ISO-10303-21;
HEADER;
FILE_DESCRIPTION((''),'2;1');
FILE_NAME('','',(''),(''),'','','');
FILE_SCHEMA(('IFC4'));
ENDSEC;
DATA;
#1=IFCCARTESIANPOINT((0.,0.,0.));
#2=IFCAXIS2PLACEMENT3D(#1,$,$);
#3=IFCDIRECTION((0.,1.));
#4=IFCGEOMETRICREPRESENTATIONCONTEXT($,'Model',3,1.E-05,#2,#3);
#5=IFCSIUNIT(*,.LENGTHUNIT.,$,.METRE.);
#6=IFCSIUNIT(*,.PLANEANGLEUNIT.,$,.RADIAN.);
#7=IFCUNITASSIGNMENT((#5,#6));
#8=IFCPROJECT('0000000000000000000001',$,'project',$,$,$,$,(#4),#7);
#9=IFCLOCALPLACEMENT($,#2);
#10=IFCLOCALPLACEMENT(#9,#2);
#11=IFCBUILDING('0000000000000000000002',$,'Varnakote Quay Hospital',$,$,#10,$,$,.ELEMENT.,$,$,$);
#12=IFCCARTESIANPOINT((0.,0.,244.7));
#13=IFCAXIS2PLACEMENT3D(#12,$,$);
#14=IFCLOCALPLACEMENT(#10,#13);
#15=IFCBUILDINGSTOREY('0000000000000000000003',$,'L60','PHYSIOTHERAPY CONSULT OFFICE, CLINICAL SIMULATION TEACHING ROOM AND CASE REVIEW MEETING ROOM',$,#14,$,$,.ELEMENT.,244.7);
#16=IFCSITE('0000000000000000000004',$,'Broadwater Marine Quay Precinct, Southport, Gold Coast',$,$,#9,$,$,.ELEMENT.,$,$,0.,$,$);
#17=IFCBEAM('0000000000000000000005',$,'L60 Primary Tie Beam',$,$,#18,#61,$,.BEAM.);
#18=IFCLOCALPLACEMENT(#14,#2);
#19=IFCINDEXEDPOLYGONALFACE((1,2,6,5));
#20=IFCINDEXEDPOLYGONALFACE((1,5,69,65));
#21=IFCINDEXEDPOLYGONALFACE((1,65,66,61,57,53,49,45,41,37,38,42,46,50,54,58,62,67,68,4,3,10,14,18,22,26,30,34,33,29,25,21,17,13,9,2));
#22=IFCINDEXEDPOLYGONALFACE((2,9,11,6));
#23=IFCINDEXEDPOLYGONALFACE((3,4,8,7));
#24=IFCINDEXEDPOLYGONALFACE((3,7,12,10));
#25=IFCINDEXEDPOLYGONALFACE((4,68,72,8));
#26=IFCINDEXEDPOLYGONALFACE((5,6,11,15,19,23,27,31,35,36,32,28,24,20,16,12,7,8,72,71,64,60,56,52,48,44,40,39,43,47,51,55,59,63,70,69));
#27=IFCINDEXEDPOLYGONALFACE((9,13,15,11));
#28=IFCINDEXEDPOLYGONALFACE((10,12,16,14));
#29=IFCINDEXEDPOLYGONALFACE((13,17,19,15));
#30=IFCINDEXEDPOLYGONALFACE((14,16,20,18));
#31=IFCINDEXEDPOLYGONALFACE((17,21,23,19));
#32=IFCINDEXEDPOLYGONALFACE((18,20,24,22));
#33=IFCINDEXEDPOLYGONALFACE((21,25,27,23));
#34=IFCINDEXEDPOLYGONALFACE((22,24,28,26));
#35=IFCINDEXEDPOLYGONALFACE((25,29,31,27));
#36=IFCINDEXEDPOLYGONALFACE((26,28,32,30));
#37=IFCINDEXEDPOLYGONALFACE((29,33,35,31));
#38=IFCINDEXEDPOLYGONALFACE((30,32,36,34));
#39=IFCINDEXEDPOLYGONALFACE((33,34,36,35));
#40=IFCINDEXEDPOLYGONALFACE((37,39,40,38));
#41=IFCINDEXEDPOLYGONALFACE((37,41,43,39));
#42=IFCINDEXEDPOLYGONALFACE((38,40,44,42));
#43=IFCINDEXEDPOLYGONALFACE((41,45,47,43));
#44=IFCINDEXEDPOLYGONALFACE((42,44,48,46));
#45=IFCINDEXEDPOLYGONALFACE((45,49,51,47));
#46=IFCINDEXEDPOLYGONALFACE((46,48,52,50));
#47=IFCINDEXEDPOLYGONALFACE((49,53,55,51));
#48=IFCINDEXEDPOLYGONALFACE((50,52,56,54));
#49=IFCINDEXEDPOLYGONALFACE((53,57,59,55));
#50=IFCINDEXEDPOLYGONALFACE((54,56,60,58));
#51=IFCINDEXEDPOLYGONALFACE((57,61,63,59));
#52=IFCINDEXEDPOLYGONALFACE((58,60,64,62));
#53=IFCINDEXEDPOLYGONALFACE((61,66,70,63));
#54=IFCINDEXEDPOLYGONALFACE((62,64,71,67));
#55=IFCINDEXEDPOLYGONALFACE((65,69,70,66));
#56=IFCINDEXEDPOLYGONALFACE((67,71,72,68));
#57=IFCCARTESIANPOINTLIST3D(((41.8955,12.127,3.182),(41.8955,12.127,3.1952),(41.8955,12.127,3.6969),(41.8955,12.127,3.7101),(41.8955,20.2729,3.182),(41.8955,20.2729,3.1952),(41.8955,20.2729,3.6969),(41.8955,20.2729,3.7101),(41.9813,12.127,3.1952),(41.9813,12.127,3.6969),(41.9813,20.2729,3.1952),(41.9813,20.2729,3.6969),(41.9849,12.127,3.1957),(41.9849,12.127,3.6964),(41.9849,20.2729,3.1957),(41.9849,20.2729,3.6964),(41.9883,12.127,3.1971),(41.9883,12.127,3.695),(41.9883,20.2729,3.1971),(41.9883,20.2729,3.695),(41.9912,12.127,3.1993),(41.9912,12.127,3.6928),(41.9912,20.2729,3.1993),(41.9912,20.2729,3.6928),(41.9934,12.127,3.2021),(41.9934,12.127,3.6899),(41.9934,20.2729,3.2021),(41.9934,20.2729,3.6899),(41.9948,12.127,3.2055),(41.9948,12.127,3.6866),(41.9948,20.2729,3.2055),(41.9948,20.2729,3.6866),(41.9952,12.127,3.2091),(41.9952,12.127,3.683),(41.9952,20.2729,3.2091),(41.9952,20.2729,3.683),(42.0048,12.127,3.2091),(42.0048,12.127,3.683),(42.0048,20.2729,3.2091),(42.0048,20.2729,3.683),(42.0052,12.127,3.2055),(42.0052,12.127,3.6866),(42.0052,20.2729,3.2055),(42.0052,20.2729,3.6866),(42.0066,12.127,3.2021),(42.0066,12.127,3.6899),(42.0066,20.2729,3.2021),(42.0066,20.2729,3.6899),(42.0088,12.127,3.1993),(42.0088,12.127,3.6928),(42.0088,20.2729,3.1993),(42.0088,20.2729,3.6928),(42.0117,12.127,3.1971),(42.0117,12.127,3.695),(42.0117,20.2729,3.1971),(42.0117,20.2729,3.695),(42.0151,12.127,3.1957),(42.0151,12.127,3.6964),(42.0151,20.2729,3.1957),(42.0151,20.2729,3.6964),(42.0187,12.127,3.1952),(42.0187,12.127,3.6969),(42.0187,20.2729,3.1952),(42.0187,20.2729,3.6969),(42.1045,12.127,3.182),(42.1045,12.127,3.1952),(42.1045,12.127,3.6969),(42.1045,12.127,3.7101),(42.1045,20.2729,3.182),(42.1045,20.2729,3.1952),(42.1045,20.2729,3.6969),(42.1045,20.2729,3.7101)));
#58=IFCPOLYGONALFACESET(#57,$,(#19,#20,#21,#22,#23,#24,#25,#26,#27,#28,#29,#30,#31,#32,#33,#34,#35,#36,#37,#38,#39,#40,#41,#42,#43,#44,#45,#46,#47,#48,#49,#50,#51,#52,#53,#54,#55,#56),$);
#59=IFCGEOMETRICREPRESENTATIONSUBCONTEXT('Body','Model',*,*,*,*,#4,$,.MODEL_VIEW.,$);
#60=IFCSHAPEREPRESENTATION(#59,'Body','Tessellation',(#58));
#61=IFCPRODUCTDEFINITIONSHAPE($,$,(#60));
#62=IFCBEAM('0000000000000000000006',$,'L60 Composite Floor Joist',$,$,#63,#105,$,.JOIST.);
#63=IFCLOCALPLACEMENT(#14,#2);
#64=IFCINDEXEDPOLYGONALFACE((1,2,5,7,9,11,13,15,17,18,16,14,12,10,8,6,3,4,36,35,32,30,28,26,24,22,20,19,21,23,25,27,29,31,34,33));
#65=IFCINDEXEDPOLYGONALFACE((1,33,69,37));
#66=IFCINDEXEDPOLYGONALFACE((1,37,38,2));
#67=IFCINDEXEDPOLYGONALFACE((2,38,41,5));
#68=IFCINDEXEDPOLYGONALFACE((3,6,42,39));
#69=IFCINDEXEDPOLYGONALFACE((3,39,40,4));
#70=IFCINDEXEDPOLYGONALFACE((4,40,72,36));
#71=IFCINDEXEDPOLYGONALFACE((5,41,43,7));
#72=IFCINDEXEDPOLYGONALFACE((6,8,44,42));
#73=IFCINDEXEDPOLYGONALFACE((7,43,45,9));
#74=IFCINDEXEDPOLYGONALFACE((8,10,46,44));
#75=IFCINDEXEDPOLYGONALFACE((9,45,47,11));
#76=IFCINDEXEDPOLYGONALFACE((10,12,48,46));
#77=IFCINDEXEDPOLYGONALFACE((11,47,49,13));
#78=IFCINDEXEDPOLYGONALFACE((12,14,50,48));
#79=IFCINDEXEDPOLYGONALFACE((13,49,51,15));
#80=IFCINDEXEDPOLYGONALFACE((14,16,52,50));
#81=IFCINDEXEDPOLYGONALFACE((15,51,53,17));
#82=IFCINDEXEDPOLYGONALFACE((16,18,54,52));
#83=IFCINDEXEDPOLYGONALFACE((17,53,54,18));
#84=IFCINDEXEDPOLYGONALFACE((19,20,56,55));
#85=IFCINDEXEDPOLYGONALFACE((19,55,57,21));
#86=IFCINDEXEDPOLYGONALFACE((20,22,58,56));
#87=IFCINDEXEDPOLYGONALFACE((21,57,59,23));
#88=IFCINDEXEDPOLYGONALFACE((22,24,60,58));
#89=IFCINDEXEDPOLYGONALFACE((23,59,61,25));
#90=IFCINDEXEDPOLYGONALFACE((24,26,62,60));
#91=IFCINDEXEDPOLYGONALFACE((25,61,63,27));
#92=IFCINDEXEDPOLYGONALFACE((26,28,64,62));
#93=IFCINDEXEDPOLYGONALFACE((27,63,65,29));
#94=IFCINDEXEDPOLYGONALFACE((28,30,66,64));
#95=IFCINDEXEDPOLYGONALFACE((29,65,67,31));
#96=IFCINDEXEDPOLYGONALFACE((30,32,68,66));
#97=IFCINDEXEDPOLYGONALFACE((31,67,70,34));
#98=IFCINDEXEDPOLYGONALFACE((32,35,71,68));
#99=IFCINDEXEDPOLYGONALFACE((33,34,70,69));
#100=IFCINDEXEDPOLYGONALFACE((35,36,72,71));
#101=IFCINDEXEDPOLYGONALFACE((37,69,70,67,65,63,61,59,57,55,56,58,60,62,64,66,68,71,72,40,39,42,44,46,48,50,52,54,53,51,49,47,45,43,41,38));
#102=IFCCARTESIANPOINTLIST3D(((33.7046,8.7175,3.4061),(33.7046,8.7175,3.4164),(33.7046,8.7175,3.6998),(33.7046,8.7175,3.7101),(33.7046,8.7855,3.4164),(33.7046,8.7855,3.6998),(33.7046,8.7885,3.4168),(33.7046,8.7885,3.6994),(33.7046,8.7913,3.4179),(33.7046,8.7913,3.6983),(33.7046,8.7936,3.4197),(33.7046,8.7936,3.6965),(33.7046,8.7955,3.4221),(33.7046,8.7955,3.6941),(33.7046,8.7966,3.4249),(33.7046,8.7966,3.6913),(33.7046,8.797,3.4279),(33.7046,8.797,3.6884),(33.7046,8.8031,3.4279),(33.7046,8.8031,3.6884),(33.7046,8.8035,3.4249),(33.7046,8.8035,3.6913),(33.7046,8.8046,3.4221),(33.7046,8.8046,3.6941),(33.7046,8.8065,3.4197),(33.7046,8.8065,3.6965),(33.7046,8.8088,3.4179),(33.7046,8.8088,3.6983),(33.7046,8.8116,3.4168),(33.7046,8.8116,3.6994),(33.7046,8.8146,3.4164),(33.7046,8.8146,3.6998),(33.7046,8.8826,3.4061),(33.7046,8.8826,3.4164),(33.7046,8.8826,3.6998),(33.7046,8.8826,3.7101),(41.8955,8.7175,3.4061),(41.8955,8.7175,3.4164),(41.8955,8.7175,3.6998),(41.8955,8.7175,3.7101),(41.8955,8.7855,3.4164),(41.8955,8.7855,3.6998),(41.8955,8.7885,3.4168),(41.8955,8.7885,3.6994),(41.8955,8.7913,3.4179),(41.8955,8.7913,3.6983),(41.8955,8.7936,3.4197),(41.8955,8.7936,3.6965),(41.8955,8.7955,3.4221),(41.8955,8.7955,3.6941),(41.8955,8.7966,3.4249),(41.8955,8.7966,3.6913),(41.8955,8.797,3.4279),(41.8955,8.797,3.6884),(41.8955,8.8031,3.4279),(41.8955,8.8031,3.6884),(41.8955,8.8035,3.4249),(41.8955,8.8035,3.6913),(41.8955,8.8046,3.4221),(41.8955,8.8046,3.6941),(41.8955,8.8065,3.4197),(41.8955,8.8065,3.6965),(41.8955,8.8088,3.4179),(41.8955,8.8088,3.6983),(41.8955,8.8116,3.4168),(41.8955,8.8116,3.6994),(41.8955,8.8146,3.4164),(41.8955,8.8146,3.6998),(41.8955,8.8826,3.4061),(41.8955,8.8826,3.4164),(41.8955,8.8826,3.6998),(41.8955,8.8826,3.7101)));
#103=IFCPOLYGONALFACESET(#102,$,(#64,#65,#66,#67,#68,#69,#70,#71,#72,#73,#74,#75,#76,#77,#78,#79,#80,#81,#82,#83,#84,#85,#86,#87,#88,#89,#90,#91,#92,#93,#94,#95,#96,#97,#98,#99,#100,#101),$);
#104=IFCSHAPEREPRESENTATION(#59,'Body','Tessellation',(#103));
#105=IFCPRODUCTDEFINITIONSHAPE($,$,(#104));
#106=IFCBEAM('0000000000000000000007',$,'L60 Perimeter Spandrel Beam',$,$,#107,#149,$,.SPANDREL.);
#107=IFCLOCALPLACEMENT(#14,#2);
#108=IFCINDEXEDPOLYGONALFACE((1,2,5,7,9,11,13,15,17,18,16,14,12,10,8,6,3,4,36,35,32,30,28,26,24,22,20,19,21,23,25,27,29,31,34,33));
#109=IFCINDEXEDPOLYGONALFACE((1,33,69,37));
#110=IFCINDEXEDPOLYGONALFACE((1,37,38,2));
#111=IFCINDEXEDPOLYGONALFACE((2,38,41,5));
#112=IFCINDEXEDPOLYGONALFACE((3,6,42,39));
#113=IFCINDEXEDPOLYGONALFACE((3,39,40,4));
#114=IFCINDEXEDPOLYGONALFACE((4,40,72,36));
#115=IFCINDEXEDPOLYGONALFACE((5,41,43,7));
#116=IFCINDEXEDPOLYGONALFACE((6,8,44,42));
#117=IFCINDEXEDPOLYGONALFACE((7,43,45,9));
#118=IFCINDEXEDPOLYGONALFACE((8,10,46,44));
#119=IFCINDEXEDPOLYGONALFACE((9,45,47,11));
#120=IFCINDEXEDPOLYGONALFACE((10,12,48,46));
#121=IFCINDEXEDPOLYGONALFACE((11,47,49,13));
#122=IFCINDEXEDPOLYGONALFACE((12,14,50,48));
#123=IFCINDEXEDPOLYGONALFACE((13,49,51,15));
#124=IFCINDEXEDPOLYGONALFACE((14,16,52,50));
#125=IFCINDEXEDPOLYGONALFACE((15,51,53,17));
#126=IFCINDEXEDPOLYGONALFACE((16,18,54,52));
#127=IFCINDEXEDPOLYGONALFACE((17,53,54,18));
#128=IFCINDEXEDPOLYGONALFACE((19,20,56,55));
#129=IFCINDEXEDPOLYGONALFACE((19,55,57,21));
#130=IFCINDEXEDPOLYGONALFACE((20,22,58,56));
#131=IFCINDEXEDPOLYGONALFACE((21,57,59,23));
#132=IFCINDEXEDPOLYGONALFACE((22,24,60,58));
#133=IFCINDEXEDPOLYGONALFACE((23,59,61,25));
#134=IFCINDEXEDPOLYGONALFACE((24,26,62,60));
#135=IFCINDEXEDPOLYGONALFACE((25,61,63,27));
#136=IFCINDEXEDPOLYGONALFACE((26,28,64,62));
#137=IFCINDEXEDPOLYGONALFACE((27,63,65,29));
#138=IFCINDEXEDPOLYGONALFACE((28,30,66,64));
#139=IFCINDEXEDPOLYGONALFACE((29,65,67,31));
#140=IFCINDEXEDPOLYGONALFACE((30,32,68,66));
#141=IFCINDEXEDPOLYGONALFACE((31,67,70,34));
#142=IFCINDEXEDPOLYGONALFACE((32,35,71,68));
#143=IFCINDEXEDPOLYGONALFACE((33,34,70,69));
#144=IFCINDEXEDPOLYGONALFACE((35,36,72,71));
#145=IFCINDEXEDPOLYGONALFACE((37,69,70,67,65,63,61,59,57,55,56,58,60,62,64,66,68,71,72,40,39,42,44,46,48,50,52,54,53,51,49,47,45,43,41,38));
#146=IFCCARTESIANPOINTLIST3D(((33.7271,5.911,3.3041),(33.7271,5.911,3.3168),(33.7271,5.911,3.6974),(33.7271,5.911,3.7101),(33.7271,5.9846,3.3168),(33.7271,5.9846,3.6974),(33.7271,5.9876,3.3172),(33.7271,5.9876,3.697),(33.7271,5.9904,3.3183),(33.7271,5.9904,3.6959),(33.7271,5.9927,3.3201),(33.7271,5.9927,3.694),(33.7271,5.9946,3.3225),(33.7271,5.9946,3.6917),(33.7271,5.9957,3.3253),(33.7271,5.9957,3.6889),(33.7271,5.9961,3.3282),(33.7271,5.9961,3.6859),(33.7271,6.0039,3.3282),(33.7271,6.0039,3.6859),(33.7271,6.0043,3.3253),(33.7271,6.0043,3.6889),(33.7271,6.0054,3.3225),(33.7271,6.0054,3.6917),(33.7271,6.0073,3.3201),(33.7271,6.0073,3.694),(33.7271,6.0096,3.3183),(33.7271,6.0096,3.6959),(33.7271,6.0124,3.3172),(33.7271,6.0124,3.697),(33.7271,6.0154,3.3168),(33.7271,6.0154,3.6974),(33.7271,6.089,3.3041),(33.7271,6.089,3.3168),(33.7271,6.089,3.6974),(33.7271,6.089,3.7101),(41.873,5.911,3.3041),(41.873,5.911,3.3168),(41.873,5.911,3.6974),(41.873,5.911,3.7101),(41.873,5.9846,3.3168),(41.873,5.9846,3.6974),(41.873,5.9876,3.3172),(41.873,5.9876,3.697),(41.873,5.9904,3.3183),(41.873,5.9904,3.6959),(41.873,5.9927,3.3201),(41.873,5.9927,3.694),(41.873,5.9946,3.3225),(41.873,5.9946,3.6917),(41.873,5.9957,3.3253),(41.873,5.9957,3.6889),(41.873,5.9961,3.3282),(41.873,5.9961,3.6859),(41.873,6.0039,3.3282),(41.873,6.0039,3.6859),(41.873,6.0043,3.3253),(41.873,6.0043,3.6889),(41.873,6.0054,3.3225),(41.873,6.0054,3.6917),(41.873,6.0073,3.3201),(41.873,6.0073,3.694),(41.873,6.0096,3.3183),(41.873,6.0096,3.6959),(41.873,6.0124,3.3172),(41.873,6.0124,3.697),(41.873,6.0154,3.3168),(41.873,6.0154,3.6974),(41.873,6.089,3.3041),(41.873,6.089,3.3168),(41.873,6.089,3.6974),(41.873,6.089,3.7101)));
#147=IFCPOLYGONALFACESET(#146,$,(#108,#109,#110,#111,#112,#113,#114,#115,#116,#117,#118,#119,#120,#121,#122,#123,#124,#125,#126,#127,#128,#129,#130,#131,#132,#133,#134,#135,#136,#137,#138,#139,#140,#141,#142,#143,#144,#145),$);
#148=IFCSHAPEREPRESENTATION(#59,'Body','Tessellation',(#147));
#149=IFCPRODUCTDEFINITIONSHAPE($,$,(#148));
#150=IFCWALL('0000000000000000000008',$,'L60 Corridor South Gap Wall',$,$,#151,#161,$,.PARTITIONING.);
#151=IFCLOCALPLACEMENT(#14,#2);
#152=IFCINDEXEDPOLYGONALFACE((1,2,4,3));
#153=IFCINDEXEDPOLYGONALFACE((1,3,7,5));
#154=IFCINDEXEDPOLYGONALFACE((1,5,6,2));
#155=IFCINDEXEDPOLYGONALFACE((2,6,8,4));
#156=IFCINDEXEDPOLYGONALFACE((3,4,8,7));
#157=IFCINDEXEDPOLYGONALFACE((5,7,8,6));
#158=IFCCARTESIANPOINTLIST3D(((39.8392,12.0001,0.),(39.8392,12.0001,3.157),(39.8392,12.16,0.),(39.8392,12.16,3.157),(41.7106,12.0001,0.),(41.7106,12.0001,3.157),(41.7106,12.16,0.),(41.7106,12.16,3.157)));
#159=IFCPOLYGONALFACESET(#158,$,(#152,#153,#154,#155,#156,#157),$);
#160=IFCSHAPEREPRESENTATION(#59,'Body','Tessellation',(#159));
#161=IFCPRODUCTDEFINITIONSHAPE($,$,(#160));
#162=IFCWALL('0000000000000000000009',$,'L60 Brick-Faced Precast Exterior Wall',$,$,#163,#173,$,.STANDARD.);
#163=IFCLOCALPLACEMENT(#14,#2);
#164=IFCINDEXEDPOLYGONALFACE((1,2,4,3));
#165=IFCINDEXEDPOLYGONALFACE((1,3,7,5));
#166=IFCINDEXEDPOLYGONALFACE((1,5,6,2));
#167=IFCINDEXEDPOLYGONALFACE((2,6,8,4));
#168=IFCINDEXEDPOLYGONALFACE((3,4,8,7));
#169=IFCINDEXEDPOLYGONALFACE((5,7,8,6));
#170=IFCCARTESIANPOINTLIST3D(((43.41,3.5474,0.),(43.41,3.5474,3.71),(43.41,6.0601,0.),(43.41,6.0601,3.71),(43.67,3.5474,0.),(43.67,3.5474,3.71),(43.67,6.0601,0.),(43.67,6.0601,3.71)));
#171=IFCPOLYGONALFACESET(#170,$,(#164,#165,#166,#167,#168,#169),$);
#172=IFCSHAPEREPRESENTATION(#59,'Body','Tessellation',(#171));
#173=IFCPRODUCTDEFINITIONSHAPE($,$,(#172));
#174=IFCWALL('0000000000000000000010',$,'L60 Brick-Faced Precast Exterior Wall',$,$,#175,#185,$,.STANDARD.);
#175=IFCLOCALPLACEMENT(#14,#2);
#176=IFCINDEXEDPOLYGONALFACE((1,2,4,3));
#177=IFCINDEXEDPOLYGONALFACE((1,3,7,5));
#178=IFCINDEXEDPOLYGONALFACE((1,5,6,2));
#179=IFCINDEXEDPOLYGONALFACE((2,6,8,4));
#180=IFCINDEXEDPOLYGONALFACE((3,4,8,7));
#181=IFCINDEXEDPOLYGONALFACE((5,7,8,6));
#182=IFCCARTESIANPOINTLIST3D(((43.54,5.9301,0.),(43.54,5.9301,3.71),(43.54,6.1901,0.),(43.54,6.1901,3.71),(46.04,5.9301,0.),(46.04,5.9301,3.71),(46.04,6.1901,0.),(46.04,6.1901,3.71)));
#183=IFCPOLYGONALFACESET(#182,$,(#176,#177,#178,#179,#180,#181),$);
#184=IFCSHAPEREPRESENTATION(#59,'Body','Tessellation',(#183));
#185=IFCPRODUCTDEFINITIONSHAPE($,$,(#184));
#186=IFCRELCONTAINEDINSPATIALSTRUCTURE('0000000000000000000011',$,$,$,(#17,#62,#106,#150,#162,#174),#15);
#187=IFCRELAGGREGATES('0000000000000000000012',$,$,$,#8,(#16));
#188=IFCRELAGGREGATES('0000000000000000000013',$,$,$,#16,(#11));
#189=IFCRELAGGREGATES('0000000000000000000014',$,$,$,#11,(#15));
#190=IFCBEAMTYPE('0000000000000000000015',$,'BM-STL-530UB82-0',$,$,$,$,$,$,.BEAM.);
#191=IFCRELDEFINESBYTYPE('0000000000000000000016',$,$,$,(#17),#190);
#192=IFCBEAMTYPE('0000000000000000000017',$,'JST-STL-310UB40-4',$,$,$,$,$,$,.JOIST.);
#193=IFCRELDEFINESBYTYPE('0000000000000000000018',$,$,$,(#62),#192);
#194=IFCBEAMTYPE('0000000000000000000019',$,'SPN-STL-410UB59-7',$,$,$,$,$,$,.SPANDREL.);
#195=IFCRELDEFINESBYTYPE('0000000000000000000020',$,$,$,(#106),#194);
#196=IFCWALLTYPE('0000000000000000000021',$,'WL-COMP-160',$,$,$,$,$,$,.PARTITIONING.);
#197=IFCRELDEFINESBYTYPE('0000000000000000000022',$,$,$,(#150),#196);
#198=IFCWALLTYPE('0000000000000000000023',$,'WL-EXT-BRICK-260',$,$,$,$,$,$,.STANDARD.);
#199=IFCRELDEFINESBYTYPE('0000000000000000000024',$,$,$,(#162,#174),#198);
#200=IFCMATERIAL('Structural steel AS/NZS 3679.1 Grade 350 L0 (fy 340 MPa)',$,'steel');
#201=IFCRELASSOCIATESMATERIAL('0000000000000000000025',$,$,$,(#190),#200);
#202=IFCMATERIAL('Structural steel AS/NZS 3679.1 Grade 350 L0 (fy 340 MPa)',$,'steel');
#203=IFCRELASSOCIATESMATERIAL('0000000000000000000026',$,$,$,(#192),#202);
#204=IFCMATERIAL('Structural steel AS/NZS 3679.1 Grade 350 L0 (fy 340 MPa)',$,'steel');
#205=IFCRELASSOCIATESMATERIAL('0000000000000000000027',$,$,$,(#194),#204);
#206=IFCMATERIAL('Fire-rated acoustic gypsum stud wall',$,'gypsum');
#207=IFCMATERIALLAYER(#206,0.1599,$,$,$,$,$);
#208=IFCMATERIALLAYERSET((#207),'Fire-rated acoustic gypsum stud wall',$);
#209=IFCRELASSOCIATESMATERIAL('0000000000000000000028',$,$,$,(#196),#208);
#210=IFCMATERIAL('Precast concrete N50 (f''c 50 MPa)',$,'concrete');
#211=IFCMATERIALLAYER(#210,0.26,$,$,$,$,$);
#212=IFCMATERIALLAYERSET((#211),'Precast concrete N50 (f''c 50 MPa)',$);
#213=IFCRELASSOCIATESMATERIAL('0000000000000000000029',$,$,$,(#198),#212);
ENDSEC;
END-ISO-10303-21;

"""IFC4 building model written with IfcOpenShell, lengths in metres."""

from ifc_helpers import new_model, si_unit, direction, frame, frame_2d, origin, origin_2d, place, context, subcontext, project, spatial, rectangle, i_section, extrude, material, layer, layer_set, material_profile, profile_set, type_object, element, save


model = new_model("IFC4")

# Units and contexts
model_context = context("Model", 3, precision=1e-05, world=origin(), true_north=direction((0.0, 1.0)))
body_context = subcontext(model_context, "Body", "Model", "MODEL_VIEW")
ifc_project = project(units=[si_unit("LENGTHUNIT", "METRE"), si_unit("PLANEANGLEUNIT", "RADIAN")], contexts=[model_context])

# Site, building, storey
site_placement = place(None, origin())
site = spatial("IfcSite", under=ifc_project, at=site_placement, Name="Broadwater Marine Quay Precinct, Southport, Gold Coast", CompositionType="ELEMENT", RefElevation=0.0)
building_placement = place(site_placement, origin())
building = spatial("IfcBuilding", under=site, at=building_placement, Name="Varnakote Quay Hospital", CompositionType="ELEMENT")
storey_placement = place(building_placement, frame((0.0, 0.0, 244.7)))
storey = spatial("IfcBuildingStorey", under=building, at=storey_placement, Name="L60", Description="PHYSIOTHERAPY CONSULT OFFICE, CLINICAL SIMULATION TEACHING ROOM AND CASE REVIEW MEETING ROOM", CompositionType="ELEMENT", Elevation=244.7)

# Beams
ifc_material_1 = material(Name="Structural steel AS/NZS 3679.1 Grade 350 L0 (fy 340 MPa)", Category="steel")
ifc_material_profile_1 = material_profile(ifc_material_1, i_section(OverallWidth=0.209, OverallDepth=0.5281, WebThickness=0.0095, FlangeThickness=0.0132, FilletRadius=0.0139, at=origin_2d()), Name="530UB82.0")
ifc_profile_set_1 = profile_set([ifc_material_profile_1], Name="Structural steel AS/NZS 3679.1 Grade 350 L0 (fy 340 MPa)")
beam_type_1 = type_object("IfcBeamType", Name="BM-STL-530UB82-0", PredefinedType="BEAM", material=ifc_profile_set_1)
beam_1_placement = place(storey_placement, frame((42.0, 12.127, 3.446), z_axis=(0.0, 1.0, 0.0), x_axis=(-1.0, 0.0, 0.0)))
element("IfcBeam", 1, at=beam_1_placement, inside=storey, type_object=beam_type_1, Name="L60 Primary Tie Beam", PredefinedType="BEAM", context=body_context, shape_type="SweptSolid", body=[
    extrude(i_section(OverallWidth=0.209, OverallDepth=0.5281, WebThickness=0.0095, FlangeThickness=0.0132, FilletRadius=0.0139, at=origin_2d()), origin(), (0.0, 0.0, 1.0), 8.146),
])
ifc_material_2 = material(Name="Structural steel AS/NZS 3679.1 Grade 350 L0 (fy 340 MPa)", Category="steel")
ifc_material_profile_2 = material_profile(ifc_material_2, i_section(OverallWidth=0.165, OverallDepth=0.304, WebThickness=0.0061, FlangeThickness=0.0103, FilletRadius=0.0115, at=origin_2d()), Name="310UB40.4")
ifc_profile_set_2 = profile_set([ifc_material_profile_2], Name="Structural steel AS/NZS 3679.1 Grade 350 L0 (fy 340 MPa)")
beam_type_2 = type_object("IfcBeamType", Name="JST-STL-310UB40-4", PredefinedType="JOIST", material=ifc_profile_set_2)
beam_2_placement = place(storey_placement, frame((33.7046, 8.8, 3.5581), z_axis=(1.0, 0.0, 0.0), x_axis=(0.0, 1.0, 0.0)))
element("IfcBeam", 2, at=beam_2_placement, inside=storey, type_object=beam_type_2, Name="L60 Composite Floor Joist", PredefinedType="JOIST", context=body_context, shape_type="SweptSolid", body=[
    extrude(i_section(OverallWidth=0.165, OverallDepth=0.304, WebThickness=0.0061, FlangeThickness=0.0103, FilletRadius=0.0115, at=origin_2d()), origin(), (0.0, 0.0, 1.0), 8.1909),
])
ifc_material_3 = material(Name="Structural steel AS/NZS 3679.1 Grade 350 L0 (fy 340 MPa)", Category="steel")
ifc_material_profile_3 = material_profile(ifc_material_3, i_section(OverallWidth=0.178, OverallDepth=0.406, WebThickness=0.0078, FlangeThickness=0.0127, FilletRadius=0.0115, at=origin_2d()), Name="410UB59.7")
ifc_profile_set_3 = profile_set([ifc_material_profile_3], Name="Structural steel AS/NZS 3679.1 Grade 350 L0 (fy 340 MPa)")
beam_type_3 = type_object("IfcBeamType", Name="SPN-STL-410UB59-7", PredefinedType="SPANDREL", material=ifc_profile_set_3)
beam_3_placement = place(storey_placement, frame((33.7271, 6.0, 3.5071), z_axis=(1.0, 0.0, 0.0), x_axis=(0.0, 1.0, 0.0)))
element("IfcBeam", 3, at=beam_3_placement, inside=storey, type_object=beam_type_3, Name="L60 Perimeter Spandrel Beam", PredefinedType="SPANDREL", context=body_context, shape_type="SweptSolid", body=[
    extrude(i_section(OverallWidth=0.178, OverallDepth=0.406, WebThickness=0.0078, FlangeThickness=0.0127, FilletRadius=0.0115, at=origin_2d()), origin(), (0.0, 0.0, 1.0), 8.146),
])

# Walls
ifc_material_4 = material(Name="Fire-rated acoustic gypsum stud wall", Category="gypsum")
ifc_layer_1 = layer(ifc_material_4, 0.1599)
ifc_layer_set_1 = layer_set([ifc_layer_1], Name="Fire-rated acoustic gypsum stud wall")
wall_type_1 = type_object("IfcWallType", Name="WL-COMP-160", PredefinedType="PARTITIONING", material=ifc_layer_set_1)
wall_1_placement = place(storey_placement, frame((39.8394, 12.0801, 0.0), z_axis=(0.0, 0.0, 1.0), x_axis=(1.0, 0.0, 0.0)))
element("IfcWall", 4, at=wall_1_placement, inside=storey, type_object=wall_type_1, Name="L60 Corridor South Gap Wall", PredefinedType="PARTITIONING", context=body_context, shape_type="SweptSolid", body=[
    extrude(rectangle(XDim=1.8713, YDim=0.1599, at=frame_2d((0.9355, 0.0))), origin(), (0.0, 0.0, 1.0), 3.157),
])
ifc_material_5 = material(Name="Precast concrete N50 (f'c 50 MPa)", Category="concrete")
ifc_layer_2 = layer(ifc_material_5, 0.26)
ifc_layer_set_2 = layer_set([ifc_layer_2], Name="Precast concrete N50 (f'c 50 MPa)")
wall_type_2 = type_object("IfcWallType", Name="WL-EXT-BRICK-260", PredefinedType="STANDARD", material=ifc_layer_set_2)
wall_2_placement = place(storey_placement, frame((43.54, 3.5474, 0.0), z_axis=(0.0, 0.0, 1.0), x_axis=(0.0, 1.0, 0.0)))
element("IfcWall", 5, at=wall_2_placement, inside=storey, type_object=wall_type_2, Name="L60 Brick-Faced Precast Exterior Wall", PredefinedType="STANDARD", context=body_context, shape_type="SweptSolid", body=[
    extrude(rectangle(XDim=2.5127, YDim=0.26, at=frame_2d((1.2563, 0.0))), origin(), (0.0, 0.0, 1.0), 3.71),
])
wall_3_placement = place(storey_placement, frame((43.54, 6.0601, 0.0), z_axis=(0.0, 0.0, 1.0), x_axis=(1.0, 0.0, 0.0)))
element("IfcWall", 6, at=wall_3_placement, inside=storey, type_object=wall_type_2, Name="L60 Brick-Faced Precast Exterior Wall", PredefinedType="STANDARD", context=body_context, shape_type="SweptSolid", body=[
    extrude(rectangle(XDim=2.5, YDim=0.26, at=frame_2d((1.25, 0.0))), origin(), (0.0, 0.0, 1.0), 3.71),
])

save(model, "model.ifc")
